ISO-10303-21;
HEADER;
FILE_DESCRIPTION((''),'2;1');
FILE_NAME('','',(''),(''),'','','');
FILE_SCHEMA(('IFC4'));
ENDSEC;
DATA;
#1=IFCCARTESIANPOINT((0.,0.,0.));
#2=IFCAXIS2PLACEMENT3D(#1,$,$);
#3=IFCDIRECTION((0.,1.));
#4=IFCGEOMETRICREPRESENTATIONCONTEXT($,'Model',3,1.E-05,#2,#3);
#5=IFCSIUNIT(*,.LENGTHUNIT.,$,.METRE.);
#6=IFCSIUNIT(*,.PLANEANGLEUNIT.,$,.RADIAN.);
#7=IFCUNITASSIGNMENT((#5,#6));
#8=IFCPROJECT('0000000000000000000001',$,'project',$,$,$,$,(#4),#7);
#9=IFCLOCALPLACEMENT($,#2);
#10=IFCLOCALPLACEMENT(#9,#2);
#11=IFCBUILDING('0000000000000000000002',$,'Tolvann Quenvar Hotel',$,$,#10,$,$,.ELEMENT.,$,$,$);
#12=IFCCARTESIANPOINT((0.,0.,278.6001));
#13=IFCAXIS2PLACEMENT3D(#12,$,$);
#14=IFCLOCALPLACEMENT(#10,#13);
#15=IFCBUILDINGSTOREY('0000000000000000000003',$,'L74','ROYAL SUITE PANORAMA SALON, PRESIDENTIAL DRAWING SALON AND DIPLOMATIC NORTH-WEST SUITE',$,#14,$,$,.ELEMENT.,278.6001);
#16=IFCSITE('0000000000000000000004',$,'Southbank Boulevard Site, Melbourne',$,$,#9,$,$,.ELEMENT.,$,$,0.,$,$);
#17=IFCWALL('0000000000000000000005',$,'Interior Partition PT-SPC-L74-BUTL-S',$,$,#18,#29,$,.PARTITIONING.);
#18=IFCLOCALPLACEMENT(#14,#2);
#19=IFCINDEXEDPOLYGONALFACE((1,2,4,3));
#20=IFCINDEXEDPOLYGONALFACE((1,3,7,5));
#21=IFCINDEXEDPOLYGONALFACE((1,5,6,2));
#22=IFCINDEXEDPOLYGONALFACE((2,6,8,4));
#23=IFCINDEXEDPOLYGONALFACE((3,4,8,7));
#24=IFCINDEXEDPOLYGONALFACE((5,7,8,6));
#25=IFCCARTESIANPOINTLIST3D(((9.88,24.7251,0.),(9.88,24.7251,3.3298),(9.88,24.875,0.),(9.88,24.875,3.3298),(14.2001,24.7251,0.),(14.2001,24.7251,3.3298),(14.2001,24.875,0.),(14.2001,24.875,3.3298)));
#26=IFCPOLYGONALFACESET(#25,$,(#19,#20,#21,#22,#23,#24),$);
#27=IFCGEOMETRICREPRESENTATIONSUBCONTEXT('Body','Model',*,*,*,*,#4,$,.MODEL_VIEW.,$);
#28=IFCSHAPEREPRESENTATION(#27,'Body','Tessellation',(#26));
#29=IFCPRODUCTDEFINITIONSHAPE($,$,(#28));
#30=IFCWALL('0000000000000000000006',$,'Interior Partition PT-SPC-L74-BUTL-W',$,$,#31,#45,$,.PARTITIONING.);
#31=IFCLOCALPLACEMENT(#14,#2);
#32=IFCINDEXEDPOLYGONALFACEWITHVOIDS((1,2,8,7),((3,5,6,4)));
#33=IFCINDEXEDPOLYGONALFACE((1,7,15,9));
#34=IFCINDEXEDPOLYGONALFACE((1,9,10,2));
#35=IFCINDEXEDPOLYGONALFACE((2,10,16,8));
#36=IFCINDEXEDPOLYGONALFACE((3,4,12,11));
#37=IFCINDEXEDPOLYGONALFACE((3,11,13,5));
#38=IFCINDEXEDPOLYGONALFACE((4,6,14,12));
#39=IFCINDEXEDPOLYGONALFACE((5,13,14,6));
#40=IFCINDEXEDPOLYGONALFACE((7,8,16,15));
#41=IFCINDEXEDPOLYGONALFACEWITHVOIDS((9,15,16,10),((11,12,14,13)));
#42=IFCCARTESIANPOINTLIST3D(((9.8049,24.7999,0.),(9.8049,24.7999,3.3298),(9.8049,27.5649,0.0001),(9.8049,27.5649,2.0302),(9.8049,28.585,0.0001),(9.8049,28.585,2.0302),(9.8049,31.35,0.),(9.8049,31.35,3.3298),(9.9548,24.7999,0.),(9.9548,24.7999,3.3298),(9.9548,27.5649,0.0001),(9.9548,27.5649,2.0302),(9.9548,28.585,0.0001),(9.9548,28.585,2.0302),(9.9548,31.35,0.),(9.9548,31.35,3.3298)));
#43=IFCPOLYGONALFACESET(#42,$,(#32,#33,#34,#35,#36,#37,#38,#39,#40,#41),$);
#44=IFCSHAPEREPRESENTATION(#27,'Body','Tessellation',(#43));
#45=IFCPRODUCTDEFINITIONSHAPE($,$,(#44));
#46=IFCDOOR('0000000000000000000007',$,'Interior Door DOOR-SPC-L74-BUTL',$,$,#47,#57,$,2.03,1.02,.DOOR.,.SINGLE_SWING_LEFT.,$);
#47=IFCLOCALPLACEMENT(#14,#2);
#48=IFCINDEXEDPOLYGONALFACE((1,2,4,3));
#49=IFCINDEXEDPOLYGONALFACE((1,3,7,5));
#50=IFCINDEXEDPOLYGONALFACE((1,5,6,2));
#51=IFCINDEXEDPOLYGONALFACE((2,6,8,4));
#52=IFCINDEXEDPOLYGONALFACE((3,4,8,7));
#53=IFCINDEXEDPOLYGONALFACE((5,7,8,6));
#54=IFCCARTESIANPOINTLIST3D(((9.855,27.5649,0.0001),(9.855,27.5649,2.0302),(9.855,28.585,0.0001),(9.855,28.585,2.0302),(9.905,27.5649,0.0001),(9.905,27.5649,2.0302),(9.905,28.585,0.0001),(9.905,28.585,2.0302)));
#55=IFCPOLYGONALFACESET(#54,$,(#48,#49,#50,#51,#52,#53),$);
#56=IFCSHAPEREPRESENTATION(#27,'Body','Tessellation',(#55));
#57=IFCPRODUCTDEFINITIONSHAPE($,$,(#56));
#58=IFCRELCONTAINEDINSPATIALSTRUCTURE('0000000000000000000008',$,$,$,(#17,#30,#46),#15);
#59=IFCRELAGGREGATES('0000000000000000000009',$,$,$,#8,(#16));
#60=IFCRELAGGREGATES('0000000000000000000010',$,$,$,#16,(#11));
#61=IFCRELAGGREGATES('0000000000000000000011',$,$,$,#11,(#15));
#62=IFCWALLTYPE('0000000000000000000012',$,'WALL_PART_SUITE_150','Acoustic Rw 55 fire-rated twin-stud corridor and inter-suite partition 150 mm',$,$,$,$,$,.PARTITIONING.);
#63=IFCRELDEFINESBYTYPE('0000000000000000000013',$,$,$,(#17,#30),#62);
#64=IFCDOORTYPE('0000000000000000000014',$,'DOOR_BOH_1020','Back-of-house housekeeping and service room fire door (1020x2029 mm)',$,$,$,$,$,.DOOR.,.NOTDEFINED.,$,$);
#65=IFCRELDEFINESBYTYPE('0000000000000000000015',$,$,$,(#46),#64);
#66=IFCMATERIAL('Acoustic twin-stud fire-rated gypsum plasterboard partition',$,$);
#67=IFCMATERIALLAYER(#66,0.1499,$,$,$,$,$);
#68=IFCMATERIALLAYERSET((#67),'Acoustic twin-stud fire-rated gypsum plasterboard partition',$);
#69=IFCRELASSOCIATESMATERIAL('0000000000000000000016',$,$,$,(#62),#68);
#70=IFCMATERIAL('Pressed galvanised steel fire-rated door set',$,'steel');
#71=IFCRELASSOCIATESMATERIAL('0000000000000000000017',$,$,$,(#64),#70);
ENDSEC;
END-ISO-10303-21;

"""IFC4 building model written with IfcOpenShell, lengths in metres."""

from ifc_helpers import new_model, si_unit, direction, frame, frame_2d, origin, place, context, subcontext, project, spatial, rectangle, extrude, source, transform, mapped, material, layer, layer_set, type_object, type_shapes, element, fill, save


model = new_model("IFC4")

# Units and contexts
model_context = context("Model", 3, precision=1e-05, world=origin(), true_north=direction((0.0, 1.0)))
body_context = subcontext(model_context, "Body", "Model", "MODEL_VIEW")
ifc_project = project(units=[si_unit("LENGTHUNIT", "METRE"), si_unit("PLANEANGLEUNIT", "RADIAN")], contexts=[model_context])

# Site, building, storey
site_placement = place(None, origin())
site = spatial("IfcSite", under=ifc_project, at=site_placement, Name="Southbank Boulevard Site, Melbourne", CompositionType="ELEMENT", RefElevation=0.0)
building_placement = place(site_placement, origin())
building = spatial("IfcBuilding", under=site, at=building_placement, Name="Tolvann Quenvar Hotel", CompositionType="ELEMENT")
storey_placement = place(building_placement, frame((0.0, 0.0, 278.6001)))
storey = spatial("IfcBuildingStorey", under=building, at=storey_placement, Name="L74", Description="ROYAL SUITE PANORAMA SALON, PRESIDENTIAL DRAWING SALON AND DIPLOMATIC NORTH-WEST SUITE", CompositionType="ELEMENT", Elevation=278.6001)

# Shared definitions
ifc_material_1 = material(Name="Acoustic twin-stud fire-rated gypsum plasterboard partition")
ifc_layer_1 = layer(ifc_material_1, 0.1499)
ifc_layer_set_1 = layer_set([ifc_layer_1], Name="Acoustic twin-stud fire-rated gypsum plasterboard partition")
wall_type_1 = type_object("IfcWallType", Name="WALL_PART_SUITE_150", Description="Acoustic Rw 55 fire-rated twin-stud corridor and inter-suite partition 150 mm", PredefinedType="PARTITIONING", material=ifc_layer_set_1)

# Wall
wall_1_placement = place(storey_placement, frame((9.8799, 24.8, 0.0), z_axis=(0.0, 0.0, 1.0), x_axis=(1.0, 0.0, 0.0)))
element("IfcWall", 1, at=wall_1_placement, inside=storey, type_object=wall_type_1, Name="Interior Partition PT-SPC-L74-BUTL-S", PredefinedType="PARTITIONING", context=body_context, shape_type="SweptSolid", body=[
    extrude(rectangle(XDim=4.3201, YDim=0.1499, at=frame_2d((2.1602, 0.0))), origin(), (0.0, 0.0, 1.0), 3.3298),
])

# Wall, opening, door
wall_2_placement = place(storey_placement, frame((9.8799, 24.8, 0.0), z_axis=(0.0, 0.0, 1.0), x_axis=(0.0, 1.0, 0.0)))
wall_2 = element("IfcWall", 2, at=wall_2_placement, inside=storey, type_object=wall_type_1, Name="Interior Partition PT-SPC-L74-BUTL-W", PredefinedType="PARTITIONING", context=body_context, shape_type="SweptSolid", body=[
    extrude(rectangle(XDim=6.55, YDim=0.1499, at=frame_2d((3.2749, 0.0))), origin(), (0.0, 0.0, 1.0), 3.3298),
])
opening_1_placement = place(wall_2_placement, frame((2.7649, 0.0, 0.0)))
opening_1 = element("IfcOpeningElement", 3, at=opening_1_placement, cuts=wall_2, PredefinedType="OPENING", context=body_context, shape_type="SweptSolid", body=[
    extrude(rectangle(XDim=1.02, YDim=2.03, at=frame_2d((0.51, 1.0151))), frame((0.0, 0.085, 0.0), z_axis=(0.0, -1.0, 0.0), x_axis=(1.0, 0.0, 0.0)), (0.0, 0.0, 1.0), 0.1699),
])
ifc_material_2 = material(Name="Pressed galvanised steel fire-rated door set", Category="steel")
door_type_1 = type_object("IfcDoorType", Name="DOOR_BOH_1020", Description="Back-of-house housekeeping and service room fire door (1020x2029 mm)", OperationType="NOTDEFINED", PredefinedType="DOOR", material=ifc_material_2)
shared_shape_1 = source(origin(), body_context, "Body", "SweptSolid", [
    extrude(rectangle(XDim=1.02, YDim=2.03, at=frame_2d((0.51, 1.0151))), frame((0.0, 0.0249, 0.0), z_axis=(0.0, -1.0, 0.0), x_axis=(1.0, 0.0, 0.0)), (0.0, 0.0, 1.0), 0.05),
])
type_shapes(door_type_1, [shared_shape_1])
door_1_placement = place(opening_1_placement, origin())
door_1 = element("IfcDoor", 4, at=door_1_placement, inside=storey, type_object=door_type_1, Name="Interior Door DOOR-SPC-L74-BUTL", OperationType="SINGLE_SWING_LEFT", OverallHeight=2.03, OverallWidth=1.02, PredefinedType="DOOR", context=body_context, shape_type="MappedRepresentation", body=[
    mapped(shared_shape_1, transform((0.0, 0.0, 0.0), x_axis=(1.0, 0.0, 0.0), y_axis=(0.0, 1.0, 0.0), z_axis=(0.0, 0.0, 1.0), scale=1.0)),
])
fill(opening_1, door_1)

save(model, "model.ifc")
